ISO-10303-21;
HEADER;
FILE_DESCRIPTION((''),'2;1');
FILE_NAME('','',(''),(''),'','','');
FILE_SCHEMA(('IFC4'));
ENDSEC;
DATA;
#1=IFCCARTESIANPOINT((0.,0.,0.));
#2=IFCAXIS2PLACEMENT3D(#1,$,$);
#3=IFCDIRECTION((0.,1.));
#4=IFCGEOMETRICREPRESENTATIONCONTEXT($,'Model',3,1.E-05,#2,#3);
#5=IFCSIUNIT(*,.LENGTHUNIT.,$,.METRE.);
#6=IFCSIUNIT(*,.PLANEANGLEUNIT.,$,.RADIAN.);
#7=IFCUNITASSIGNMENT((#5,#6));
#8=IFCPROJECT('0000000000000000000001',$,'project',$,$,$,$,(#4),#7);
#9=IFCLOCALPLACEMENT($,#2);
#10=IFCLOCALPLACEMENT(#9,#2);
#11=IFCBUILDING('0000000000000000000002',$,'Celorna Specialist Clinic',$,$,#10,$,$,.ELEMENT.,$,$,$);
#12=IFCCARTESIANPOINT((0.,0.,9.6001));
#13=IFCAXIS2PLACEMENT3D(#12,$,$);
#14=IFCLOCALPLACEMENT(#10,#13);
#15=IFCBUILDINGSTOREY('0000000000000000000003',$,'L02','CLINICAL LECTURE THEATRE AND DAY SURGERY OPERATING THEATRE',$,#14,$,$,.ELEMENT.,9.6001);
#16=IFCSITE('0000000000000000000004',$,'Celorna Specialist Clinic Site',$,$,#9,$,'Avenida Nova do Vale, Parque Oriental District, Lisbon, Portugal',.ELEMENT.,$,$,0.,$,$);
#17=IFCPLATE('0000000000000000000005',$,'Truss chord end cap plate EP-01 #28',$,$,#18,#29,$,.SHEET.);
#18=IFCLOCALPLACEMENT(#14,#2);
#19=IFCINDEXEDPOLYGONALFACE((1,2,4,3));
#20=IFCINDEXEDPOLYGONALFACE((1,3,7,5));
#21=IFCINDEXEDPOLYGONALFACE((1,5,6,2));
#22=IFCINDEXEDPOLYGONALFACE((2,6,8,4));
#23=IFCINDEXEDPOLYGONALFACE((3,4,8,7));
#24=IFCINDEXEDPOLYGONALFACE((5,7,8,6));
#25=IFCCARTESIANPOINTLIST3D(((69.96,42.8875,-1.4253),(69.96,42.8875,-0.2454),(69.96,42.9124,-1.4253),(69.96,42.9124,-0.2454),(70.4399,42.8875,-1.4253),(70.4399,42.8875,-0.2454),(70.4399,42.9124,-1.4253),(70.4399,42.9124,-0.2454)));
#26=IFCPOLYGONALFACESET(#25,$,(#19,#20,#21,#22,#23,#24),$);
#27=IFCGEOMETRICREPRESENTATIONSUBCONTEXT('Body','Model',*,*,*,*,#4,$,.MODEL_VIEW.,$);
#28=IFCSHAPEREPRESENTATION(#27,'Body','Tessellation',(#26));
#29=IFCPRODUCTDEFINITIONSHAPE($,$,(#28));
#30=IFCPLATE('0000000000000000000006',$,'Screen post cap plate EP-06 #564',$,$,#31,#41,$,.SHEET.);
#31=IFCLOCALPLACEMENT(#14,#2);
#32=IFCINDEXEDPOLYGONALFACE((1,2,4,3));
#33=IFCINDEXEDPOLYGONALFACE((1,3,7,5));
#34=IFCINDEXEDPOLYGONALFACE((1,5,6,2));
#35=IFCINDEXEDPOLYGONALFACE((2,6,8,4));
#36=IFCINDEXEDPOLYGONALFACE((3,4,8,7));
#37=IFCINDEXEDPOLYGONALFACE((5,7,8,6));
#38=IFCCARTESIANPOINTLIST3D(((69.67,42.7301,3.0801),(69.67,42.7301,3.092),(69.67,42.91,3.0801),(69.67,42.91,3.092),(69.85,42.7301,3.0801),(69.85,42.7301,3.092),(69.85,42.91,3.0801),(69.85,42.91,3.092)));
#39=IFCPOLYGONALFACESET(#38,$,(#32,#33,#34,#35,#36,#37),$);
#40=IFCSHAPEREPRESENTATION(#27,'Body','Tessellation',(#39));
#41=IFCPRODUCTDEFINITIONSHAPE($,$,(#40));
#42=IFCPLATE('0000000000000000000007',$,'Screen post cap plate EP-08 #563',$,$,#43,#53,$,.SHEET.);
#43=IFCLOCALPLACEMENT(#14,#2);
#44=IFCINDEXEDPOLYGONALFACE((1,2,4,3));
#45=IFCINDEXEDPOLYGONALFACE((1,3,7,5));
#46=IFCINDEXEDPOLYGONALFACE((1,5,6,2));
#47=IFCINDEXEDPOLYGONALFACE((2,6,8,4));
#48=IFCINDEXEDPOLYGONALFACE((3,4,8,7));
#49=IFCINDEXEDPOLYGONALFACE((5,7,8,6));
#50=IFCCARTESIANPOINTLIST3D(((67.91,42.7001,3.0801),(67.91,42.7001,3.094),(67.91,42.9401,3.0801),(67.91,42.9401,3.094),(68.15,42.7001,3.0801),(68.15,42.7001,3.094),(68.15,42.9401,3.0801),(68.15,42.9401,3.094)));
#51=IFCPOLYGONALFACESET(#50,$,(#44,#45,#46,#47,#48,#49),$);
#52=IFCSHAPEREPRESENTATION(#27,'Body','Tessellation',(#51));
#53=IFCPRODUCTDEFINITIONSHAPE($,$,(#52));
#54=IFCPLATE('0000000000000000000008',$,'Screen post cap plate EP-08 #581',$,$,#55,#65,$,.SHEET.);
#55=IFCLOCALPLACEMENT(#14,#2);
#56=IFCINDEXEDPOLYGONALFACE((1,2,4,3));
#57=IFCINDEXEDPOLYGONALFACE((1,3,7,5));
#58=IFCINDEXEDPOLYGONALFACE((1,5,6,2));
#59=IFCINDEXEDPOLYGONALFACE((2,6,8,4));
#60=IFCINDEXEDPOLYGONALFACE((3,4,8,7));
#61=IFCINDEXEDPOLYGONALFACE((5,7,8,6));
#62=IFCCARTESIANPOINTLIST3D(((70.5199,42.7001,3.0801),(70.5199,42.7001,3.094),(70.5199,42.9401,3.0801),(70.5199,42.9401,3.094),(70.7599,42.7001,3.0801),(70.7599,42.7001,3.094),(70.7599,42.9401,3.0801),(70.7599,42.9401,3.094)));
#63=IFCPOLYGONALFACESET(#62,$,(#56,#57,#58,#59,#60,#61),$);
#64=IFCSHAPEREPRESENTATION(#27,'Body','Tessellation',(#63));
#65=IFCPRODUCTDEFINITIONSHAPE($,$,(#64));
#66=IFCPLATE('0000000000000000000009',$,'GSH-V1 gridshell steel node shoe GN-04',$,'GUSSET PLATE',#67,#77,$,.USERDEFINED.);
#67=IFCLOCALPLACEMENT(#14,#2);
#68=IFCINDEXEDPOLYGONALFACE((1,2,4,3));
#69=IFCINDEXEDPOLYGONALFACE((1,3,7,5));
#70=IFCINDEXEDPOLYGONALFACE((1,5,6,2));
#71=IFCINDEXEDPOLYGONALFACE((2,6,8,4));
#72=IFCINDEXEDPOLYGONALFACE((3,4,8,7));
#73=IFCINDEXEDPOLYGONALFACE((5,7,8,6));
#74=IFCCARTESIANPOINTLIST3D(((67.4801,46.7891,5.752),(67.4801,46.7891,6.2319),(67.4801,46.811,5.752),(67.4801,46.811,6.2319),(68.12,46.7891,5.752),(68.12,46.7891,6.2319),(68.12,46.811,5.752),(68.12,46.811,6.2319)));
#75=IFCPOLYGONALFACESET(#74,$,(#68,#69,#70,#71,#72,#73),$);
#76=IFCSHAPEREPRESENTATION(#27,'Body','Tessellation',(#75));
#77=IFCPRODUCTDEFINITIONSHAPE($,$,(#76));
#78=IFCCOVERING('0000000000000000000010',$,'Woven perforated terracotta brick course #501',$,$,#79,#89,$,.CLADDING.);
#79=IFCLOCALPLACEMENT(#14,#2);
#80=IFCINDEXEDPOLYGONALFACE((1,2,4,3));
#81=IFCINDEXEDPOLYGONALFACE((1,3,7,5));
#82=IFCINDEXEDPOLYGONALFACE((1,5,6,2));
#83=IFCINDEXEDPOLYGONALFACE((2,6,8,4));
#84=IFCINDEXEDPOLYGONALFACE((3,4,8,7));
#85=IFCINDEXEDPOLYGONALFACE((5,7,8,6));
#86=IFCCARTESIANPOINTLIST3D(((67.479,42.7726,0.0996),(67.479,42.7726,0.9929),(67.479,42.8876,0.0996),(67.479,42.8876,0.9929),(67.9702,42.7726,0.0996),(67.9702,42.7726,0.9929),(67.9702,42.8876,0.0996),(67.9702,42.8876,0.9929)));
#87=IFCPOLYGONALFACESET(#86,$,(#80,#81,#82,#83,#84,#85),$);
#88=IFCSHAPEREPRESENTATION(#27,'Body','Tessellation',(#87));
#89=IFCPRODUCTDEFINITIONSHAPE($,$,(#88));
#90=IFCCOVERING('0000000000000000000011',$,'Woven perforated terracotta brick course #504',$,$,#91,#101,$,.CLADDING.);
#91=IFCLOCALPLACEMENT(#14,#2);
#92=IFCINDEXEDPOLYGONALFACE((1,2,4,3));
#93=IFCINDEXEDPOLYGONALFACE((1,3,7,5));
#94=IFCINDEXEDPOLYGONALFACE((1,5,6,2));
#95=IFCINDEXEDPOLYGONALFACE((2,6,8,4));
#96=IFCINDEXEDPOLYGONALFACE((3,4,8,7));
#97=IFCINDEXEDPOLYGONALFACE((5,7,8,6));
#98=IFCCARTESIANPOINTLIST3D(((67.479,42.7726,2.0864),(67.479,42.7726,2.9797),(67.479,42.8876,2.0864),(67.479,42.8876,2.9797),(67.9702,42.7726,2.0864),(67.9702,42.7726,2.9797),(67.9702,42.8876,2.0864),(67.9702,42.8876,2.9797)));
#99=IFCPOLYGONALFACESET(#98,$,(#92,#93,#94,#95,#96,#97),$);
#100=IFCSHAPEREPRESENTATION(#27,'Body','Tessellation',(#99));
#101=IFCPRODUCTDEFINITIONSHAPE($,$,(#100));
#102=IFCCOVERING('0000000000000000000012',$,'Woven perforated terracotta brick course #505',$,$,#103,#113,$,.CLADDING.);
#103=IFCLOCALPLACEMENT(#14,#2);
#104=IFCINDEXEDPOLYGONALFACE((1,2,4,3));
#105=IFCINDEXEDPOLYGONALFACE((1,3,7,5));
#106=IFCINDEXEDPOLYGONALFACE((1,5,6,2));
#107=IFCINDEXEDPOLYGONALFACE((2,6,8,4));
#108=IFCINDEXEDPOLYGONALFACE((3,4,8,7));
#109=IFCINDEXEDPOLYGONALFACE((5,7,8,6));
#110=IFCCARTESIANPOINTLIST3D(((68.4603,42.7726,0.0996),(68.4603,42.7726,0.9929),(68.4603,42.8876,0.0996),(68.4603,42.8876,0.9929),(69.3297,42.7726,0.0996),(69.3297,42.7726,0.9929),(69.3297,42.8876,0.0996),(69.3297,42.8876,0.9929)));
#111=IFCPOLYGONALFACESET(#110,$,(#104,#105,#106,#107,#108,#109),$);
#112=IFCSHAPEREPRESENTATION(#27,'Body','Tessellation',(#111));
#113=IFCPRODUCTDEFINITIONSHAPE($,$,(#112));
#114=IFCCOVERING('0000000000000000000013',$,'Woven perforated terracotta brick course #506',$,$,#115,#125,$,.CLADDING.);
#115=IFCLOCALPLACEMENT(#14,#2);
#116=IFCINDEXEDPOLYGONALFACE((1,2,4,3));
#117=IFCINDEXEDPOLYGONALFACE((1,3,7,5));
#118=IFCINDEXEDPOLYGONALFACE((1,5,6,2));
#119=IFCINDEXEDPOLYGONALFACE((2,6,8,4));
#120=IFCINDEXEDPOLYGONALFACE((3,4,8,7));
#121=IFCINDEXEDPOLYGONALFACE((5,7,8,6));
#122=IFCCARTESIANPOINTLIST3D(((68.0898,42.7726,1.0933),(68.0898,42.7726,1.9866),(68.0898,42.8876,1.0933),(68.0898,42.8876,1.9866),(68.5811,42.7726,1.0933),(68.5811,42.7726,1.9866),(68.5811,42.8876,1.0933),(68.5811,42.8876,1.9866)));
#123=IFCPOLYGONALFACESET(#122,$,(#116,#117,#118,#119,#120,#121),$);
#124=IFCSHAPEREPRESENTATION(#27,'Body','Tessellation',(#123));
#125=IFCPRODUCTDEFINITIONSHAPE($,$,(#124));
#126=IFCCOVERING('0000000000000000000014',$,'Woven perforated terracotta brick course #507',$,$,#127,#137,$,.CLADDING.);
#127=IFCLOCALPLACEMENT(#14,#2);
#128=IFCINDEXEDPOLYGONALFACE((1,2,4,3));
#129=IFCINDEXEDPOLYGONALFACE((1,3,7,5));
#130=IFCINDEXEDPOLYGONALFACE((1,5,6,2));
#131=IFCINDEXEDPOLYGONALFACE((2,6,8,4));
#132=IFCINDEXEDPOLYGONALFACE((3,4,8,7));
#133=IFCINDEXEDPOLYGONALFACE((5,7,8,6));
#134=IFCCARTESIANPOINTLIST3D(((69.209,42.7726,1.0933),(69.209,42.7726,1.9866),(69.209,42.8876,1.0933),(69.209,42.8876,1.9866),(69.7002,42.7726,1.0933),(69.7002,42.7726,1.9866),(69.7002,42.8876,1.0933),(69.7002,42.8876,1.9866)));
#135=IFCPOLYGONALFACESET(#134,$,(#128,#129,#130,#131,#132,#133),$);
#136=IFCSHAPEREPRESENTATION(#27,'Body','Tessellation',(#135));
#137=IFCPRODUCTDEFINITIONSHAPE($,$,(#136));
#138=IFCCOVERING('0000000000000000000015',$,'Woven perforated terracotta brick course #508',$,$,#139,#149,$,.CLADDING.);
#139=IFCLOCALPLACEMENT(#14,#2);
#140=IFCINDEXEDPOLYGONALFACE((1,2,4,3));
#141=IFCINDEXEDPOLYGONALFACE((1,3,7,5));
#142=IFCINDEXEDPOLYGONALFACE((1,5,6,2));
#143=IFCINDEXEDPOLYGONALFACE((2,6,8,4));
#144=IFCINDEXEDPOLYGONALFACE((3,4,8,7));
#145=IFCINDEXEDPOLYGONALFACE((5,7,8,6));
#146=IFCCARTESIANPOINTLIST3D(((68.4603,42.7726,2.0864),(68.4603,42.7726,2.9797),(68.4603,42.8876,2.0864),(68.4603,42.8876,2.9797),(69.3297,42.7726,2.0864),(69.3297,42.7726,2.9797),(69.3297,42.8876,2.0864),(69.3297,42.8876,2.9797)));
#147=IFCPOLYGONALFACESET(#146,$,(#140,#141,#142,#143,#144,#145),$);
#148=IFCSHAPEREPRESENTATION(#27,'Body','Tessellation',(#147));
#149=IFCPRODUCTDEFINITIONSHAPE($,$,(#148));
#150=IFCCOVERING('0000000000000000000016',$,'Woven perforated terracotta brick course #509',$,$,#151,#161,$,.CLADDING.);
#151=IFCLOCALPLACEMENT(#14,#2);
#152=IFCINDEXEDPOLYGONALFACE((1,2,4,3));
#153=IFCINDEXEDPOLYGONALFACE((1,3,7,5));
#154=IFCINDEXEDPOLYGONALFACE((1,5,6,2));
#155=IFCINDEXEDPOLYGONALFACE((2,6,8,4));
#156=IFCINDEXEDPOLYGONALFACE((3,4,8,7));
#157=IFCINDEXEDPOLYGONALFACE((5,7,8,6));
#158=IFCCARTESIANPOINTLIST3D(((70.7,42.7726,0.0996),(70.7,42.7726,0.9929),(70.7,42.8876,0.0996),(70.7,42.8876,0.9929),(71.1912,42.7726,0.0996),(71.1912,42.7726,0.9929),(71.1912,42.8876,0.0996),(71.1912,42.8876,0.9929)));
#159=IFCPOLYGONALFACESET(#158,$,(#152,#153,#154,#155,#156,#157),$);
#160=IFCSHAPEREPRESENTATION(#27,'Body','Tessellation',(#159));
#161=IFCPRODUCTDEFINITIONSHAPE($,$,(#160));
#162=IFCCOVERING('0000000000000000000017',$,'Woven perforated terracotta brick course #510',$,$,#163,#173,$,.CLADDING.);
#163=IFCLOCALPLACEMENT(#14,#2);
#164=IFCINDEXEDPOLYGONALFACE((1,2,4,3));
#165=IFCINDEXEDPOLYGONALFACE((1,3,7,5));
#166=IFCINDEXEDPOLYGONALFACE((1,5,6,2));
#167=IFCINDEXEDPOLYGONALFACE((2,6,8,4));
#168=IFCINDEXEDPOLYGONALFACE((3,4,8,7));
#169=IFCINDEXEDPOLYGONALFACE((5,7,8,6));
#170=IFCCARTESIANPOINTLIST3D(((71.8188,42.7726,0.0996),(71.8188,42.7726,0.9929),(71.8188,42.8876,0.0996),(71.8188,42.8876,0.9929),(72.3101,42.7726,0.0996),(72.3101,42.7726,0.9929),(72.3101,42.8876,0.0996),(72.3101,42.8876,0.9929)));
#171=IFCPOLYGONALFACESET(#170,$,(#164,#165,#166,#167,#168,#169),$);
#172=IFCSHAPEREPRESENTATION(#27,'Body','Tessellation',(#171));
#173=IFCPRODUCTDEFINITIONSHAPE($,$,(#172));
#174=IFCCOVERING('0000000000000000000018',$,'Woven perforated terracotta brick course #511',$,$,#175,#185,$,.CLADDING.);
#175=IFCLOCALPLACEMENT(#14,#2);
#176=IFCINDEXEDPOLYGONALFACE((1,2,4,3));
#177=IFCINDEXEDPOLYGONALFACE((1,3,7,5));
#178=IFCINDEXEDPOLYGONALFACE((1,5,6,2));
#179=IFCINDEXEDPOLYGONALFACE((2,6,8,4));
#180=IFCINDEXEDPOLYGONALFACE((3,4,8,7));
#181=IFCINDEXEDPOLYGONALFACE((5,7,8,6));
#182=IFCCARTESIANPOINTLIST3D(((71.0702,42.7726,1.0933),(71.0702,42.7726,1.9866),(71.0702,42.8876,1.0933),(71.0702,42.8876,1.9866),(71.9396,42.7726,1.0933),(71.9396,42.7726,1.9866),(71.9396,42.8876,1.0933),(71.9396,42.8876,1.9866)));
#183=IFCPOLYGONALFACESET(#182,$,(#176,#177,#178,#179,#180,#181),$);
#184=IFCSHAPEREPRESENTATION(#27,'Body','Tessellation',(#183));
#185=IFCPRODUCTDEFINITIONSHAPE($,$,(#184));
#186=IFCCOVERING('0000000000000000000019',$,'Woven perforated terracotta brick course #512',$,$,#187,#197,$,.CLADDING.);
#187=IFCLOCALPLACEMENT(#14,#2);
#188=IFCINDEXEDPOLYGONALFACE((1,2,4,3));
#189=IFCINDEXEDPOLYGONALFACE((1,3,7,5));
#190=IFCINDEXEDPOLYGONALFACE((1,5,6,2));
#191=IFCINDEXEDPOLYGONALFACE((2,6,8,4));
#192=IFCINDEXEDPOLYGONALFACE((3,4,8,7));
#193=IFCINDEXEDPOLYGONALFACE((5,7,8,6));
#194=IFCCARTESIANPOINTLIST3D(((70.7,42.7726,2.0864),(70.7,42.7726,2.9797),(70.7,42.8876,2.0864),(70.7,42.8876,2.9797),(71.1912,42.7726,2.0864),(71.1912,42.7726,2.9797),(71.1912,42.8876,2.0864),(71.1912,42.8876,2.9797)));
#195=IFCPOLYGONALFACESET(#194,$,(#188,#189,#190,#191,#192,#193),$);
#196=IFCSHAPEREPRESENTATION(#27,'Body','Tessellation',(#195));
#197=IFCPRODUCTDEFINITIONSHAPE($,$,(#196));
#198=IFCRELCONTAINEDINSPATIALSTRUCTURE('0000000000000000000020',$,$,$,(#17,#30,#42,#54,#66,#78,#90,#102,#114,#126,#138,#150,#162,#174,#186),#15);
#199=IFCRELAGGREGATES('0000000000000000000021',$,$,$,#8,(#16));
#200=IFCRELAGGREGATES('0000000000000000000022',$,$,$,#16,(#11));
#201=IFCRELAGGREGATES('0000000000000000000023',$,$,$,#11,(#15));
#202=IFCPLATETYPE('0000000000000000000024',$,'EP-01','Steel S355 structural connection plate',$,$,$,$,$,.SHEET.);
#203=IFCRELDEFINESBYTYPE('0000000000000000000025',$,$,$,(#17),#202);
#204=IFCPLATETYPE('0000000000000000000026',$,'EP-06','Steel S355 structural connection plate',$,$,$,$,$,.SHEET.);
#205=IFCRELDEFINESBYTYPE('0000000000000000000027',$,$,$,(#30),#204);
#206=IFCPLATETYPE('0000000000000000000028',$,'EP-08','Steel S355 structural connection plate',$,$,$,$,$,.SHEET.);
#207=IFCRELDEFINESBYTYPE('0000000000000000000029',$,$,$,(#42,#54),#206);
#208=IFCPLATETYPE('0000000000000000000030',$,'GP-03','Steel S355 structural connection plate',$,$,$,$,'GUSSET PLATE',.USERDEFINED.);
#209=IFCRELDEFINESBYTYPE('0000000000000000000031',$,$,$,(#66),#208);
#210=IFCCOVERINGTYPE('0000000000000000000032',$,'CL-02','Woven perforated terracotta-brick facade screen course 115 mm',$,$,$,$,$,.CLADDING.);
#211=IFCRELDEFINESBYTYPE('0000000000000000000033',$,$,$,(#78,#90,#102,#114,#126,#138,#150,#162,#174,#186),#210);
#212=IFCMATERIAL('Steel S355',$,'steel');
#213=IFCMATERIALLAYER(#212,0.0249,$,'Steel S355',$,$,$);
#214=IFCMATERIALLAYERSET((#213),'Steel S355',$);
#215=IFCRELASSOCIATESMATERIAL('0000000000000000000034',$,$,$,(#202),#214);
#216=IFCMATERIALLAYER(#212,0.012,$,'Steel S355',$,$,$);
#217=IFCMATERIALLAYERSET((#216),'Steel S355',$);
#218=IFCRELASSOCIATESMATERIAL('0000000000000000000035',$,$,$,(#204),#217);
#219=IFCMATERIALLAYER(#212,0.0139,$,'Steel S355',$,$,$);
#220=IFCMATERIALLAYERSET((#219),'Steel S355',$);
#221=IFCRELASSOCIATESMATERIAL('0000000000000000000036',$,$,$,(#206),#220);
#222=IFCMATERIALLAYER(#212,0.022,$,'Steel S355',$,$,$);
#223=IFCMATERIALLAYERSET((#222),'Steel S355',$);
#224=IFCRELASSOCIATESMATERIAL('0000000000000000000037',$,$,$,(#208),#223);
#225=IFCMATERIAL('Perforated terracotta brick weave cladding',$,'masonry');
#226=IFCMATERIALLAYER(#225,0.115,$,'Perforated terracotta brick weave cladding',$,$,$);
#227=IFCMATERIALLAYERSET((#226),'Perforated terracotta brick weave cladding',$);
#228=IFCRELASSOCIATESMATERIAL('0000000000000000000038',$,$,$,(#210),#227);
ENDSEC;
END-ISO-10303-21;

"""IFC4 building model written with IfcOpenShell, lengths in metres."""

from ifc_helpers import new_model, si_unit, direction, frame, origin, origin_2d, place, context, subcontext, project, spatial, rectangle, extrude, material, layer, layer_set, type_object, element, save


model = new_model("IFC4")

# Units and contexts
model_context = context("Model", 3, precision=1e-05, world=origin(), true_north=direction((0.0, 1.0)))
body_context = subcontext(model_context, "Body", "Model", "MODEL_VIEW")
ifc_project = project(units=[si_unit("LENGTHUNIT", "METRE"), si_unit("PLANEANGLEUNIT", "RADIAN")], contexts=[model_context])

# Site, building, storey
site_placement = place(None, origin())
site = spatial("IfcSite", under=ifc_project, at=site_placement, Name="Celorna Specialist Clinic Site", LongName="Avenida Nova do Vale, Parque Oriental District, Lisbon, Portugal", CompositionType="ELEMENT", RefElevation=0.0)
building_placement = place(site_placement, origin())
building = spatial("IfcBuilding", under=site, at=building_placement, Name="Celorna Specialist Clinic", CompositionType="ELEMENT")
storey_placement = place(building_placement, frame((0.0, 0.0, 9.6001)))
storey = spatial("IfcBuildingStorey", under=building, at=storey_placement, Name="L02", Description="CLINICAL LECTURE THEATRE AND DAY SURGERY OPERATING THEATRE", CompositionType="ELEMENT", Elevation=9.6001)

# Shared definitions
ifc_material_1 = material(Name="Steel S355", Category="steel")

# Plates
ifc_layer_1 = layer(ifc_material_1, 0.0249, Name="Steel S355")
ifc_layer_set_1 = layer_set([ifc_layer_1], Name="Steel S355")
plate_type_1 = type_object("IfcPlateType", Name="EP-01", Description="Steel S355 structural connection plate", PredefinedType="SHEET", material=ifc_layer_set_1)
plate_1_placement = place(storey_placement, frame((70.2, 42.8999, -1.4253), z_axis=(0.0, 0.0, 1.0), x_axis=(1.0, 0.0, 0.0)))
element("IfcPlate", 1, at=plate_1_placement, inside=storey, type_object=plate_type_1, Name="Truss chord end cap plate EP-01 #28", PredefinedType="SHEET", context=body_context, shape_type="SweptSolid", body=[
    extrude(rectangle(XDim=0.48, YDim=0.0249, at=origin_2d()), origin(), (0.0, 0.0, 1.0), 1.1799),
])
ifc_layer_2 = layer(ifc_material_1, 0.012, Name="Steel S355")
ifc_layer_set_2 = layer_set([ifc_layer_2], Name="Steel S355")
plate_type_2 = type_object("IfcPlateType", Name="EP-06", Description="Steel S355 structural connection plate", PredefinedType="SHEET", material=ifc_layer_set_2)
plate_2_placement = place(storey_placement, frame((69.76, 42.8201, 3.0801), z_axis=(0.0, 0.0, 1.0), x_axis=(1.0, 0.0, 0.0)))
element("IfcPlate", 2, at=plate_2_placement, inside=storey, type_object=plate_type_2, Name="Screen post cap plate EP-06 #564", PredefinedType="SHEET", context=body_context, shape_type="SweptSolid", body=[
    extrude(rectangle(XDim=0.1799, YDim=0.1799, at=origin_2d()), origin(), (0.0, 0.0, 1.0), 0.012),
])
ifc_layer_3 = layer(ifc_material_1, 0.0139, Name="Steel S355")
ifc_layer_set_3 = layer_set([ifc_layer_3], Name="Steel S355")
plate_type_3 = type_object("IfcPlateType", Name="EP-08", Description="Steel S355 structural connection plate", PredefinedType="SHEET", material=ifc_layer_set_3)
for number, where, z_axis, x_axis, name in (
    (3, (68.03, 42.8201, 3.0801), (0.0, 0.0, 1.0), (1.0, 0.0, 0.0), "Screen post cap plate EP-08 #563"),
    (4, (70.6399, 42.8201, 3.0801), (0.0, 0.0, 1.0), (1.0, 0.0, 0.0), "Screen post cap plate EP-08 #581"),
):
    element("IfcPlate", number, at=place(storey_placement, frame(where, z_axis=z_axis, x_axis=x_axis)), inside=storey, type_object=plate_type_3, Name=name, PredefinedType="SHEET", context=body_context, shape_type="SweptSolid", body=[
        extrude(rectangle(XDim=0.24, YDim=0.24, at=origin_2d()), origin(), (0.0, 0.0, 1.0), 0.0139),
    ])
ifc_layer_4 = layer(ifc_material_1, 0.022, Name="Steel S355")
ifc_layer_set_4 = layer_set([ifc_layer_4], Name="Steel S355")
plate_type_4 = type_object("IfcPlateType", Name="GP-03", Description="Steel S355 structural connection plate", ElementType="GUSSET PLATE", PredefinedType="USERDEFINED", material=ifc_layer_set_4)
plate_3_placement = place(storey_placement, frame((67.8, 46.8, 5.752), z_axis=(0.0, 0.0, 1.0), x_axis=(1.0, 0.0, 0.0)))
element("IfcPlate", 5, at=plate_3_placement, inside=storey, type_object=plate_type_4, Name="GSH-V1 gridshell steel node shoe GN-04", ObjectType="GUSSET PLATE", PredefinedType="USERDEFINED", context=body_context, shape_type="SweptSolid", body=[
    extrude(rectangle(XDim=0.6399, YDim=0.022, at=origin_2d()), origin(), (0.0, 0.0, 1.0), 0.48),
])

# Coverings
ifc_material_2 = material(Name="Perforated terracotta brick weave cladding", Category="masonry")
ifc_layer_5 = layer(ifc_material_2, 0.115, Name="Perforated terracotta brick weave cladding")
ifc_layer_set_5 = layer_set([ifc_layer_5], Name="Perforated terracotta brick weave cladding")
covering_type = type_object("IfcCoveringType", Name="CL-02", Description="Woven perforated terracotta-brick facade screen course 115 mm", PredefinedType="CLADDING", material=ifc_layer_set_5)
for number, where, z_axis, x_axis, name in (
    (6, (67.7246, 42.8301, 0.0996), (0.0, 0.0, 1.0), (1.0, 0.0, 0.0), "Woven perforated terracotta brick course #501"),
    (7, (67.7246, 42.8301, 2.0864), (0.0, 0.0, 1.0), (1.0, 0.0, 0.0), "Woven perforated terracotta brick course #504"),
):
    element("IfcCovering", number, at=place(storey_placement, frame(where, z_axis=z_axis, x_axis=x_axis)), inside=storey, type_object=covering_type, Name=name, PredefinedType="CLADDING", context=body_context, shape_type="SweptSolid", body=[
        extrude(rectangle(XDim=0.4912, YDim=0.115, at=origin_2d()), origin(), (0.0, 0.0, 1.0), 0.8933),
    ])
covering_1_placement = place(storey_placement, frame((68.895, 42.8301, 0.0996), z_axis=(0.0, 0.0, 1.0), x_axis=(1.0, 0.0, 0.0)))
element("IfcCovering", 8, at=covering_1_placement, inside=storey, type_object=covering_type, Name="Woven perforated terracotta brick course #505", PredefinedType="CLADDING", context=body_context, shape_type="SweptSolid", body=[
    extrude(rectangle(XDim=0.8694, YDim=0.115, at=origin_2d()), origin(), (0.0, 0.0, 1.0), 0.8933),
])
for number, where, z_axis, x_axis, name in (
    (9, (68.3354, 42.8301, 1.0933), (0.0, 0.0, 1.0), (1.0, 0.0, 0.0), "Woven perforated terracotta brick course #506"),
    (10, (69.4546, 42.8301, 1.0933), (0.0, 0.0, 1.0), (1.0, 0.0, 0.0), "Woven perforated terracotta brick course #507"),
):
    element("IfcCovering", number, at=place(storey_placement, frame(where, z_axis=z_axis, x_axis=x_axis)), inside=storey, type_object=covering_type, Name=name, PredefinedType="CLADDING", context=body_context, shape_type="SweptSolid", body=[
        extrude(rectangle(XDim=0.4912, YDim=0.115, at=origin_2d()), origin(), (0.0, 0.0, 1.0), 0.8933),
    ])
covering_2_placement = place(storey_placement, frame((68.895, 42.8301, 2.0864), z_axis=(0.0, 0.0, 1.0), x_axis=(1.0, 0.0, 0.0)))
element("IfcCovering", 11, at=covering_2_placement, inside=storey, type_object=covering_type, Name="Woven perforated terracotta brick course #508", PredefinedType="CLADDING", context=body_context, shape_type="SweptSolid", body=[
    extrude(rectangle(XDim=0.8694, YDim=0.115, at=origin_2d()), origin(), (0.0, 0.0, 1.0), 0.8933),
])
for number, where, z_axis, x_axis, name in (
    (12, (70.9456, 42.8301, 0.0996), (0.0, 0.0, 1.0), (1.0, 0.0, 0.0), "Woven perforated terracotta brick course #509"),
    (13, (72.0645, 42.8301, 0.0996), (0.0, 0.0, 1.0), (1.0, 0.0, 0.0), "Woven perforated terracotta brick course #510"),
):
    element("IfcCovering", number, at=place(storey_placement, frame(where, z_axis=z_axis, x_axis=x_axis)), inside=storey, type_object=covering_type, Name=name, PredefinedType="CLADDING", context=body_context, shape_type="SweptSolid", body=[
        extrude(rectangle(XDim=0.4912, YDim=0.115, at=origin_2d()), origin(), (0.0, 0.0, 1.0), 0.8933),
    ])
covering_3_placement = place(storey_placement, frame((71.5049, 42.8301, 1.0933), z_axis=(0.0, 0.0, 1.0), x_axis=(1.0, 0.0, 0.0)))
element("IfcCovering", 14, at=covering_3_placement, inside=storey, type_object=covering_type, Name="Woven perforated terracotta brick course #511", PredefinedType="CLADDING", context=body_context, shape_type="SweptSolid", body=[
    extrude(rectangle(XDim=0.8694, YDim=0.115, at=origin_2d()), origin(), (0.0, 0.0, 1.0), 0.8933),
])
covering_4_placement = place(storey_placement, frame((70.9456, 42.8301, 2.0864), z_axis=(0.0, 0.0, 1.0), x_axis=(1.0, 0.0, 0.0)))
element("IfcCovering", 15, at=covering_4_placement, inside=storey, type_object=covering_type, Name="Woven perforated terracotta brick course #512", PredefinedType="CLADDING", context=body_context, shape_type="SweptSolid", body=[
    extrude(rectangle(XDim=0.4912, YDim=0.115, at=origin_2d()), origin(), (0.0, 0.0, 1.0), 0.8933),
])

save(model, "model.ifc")
